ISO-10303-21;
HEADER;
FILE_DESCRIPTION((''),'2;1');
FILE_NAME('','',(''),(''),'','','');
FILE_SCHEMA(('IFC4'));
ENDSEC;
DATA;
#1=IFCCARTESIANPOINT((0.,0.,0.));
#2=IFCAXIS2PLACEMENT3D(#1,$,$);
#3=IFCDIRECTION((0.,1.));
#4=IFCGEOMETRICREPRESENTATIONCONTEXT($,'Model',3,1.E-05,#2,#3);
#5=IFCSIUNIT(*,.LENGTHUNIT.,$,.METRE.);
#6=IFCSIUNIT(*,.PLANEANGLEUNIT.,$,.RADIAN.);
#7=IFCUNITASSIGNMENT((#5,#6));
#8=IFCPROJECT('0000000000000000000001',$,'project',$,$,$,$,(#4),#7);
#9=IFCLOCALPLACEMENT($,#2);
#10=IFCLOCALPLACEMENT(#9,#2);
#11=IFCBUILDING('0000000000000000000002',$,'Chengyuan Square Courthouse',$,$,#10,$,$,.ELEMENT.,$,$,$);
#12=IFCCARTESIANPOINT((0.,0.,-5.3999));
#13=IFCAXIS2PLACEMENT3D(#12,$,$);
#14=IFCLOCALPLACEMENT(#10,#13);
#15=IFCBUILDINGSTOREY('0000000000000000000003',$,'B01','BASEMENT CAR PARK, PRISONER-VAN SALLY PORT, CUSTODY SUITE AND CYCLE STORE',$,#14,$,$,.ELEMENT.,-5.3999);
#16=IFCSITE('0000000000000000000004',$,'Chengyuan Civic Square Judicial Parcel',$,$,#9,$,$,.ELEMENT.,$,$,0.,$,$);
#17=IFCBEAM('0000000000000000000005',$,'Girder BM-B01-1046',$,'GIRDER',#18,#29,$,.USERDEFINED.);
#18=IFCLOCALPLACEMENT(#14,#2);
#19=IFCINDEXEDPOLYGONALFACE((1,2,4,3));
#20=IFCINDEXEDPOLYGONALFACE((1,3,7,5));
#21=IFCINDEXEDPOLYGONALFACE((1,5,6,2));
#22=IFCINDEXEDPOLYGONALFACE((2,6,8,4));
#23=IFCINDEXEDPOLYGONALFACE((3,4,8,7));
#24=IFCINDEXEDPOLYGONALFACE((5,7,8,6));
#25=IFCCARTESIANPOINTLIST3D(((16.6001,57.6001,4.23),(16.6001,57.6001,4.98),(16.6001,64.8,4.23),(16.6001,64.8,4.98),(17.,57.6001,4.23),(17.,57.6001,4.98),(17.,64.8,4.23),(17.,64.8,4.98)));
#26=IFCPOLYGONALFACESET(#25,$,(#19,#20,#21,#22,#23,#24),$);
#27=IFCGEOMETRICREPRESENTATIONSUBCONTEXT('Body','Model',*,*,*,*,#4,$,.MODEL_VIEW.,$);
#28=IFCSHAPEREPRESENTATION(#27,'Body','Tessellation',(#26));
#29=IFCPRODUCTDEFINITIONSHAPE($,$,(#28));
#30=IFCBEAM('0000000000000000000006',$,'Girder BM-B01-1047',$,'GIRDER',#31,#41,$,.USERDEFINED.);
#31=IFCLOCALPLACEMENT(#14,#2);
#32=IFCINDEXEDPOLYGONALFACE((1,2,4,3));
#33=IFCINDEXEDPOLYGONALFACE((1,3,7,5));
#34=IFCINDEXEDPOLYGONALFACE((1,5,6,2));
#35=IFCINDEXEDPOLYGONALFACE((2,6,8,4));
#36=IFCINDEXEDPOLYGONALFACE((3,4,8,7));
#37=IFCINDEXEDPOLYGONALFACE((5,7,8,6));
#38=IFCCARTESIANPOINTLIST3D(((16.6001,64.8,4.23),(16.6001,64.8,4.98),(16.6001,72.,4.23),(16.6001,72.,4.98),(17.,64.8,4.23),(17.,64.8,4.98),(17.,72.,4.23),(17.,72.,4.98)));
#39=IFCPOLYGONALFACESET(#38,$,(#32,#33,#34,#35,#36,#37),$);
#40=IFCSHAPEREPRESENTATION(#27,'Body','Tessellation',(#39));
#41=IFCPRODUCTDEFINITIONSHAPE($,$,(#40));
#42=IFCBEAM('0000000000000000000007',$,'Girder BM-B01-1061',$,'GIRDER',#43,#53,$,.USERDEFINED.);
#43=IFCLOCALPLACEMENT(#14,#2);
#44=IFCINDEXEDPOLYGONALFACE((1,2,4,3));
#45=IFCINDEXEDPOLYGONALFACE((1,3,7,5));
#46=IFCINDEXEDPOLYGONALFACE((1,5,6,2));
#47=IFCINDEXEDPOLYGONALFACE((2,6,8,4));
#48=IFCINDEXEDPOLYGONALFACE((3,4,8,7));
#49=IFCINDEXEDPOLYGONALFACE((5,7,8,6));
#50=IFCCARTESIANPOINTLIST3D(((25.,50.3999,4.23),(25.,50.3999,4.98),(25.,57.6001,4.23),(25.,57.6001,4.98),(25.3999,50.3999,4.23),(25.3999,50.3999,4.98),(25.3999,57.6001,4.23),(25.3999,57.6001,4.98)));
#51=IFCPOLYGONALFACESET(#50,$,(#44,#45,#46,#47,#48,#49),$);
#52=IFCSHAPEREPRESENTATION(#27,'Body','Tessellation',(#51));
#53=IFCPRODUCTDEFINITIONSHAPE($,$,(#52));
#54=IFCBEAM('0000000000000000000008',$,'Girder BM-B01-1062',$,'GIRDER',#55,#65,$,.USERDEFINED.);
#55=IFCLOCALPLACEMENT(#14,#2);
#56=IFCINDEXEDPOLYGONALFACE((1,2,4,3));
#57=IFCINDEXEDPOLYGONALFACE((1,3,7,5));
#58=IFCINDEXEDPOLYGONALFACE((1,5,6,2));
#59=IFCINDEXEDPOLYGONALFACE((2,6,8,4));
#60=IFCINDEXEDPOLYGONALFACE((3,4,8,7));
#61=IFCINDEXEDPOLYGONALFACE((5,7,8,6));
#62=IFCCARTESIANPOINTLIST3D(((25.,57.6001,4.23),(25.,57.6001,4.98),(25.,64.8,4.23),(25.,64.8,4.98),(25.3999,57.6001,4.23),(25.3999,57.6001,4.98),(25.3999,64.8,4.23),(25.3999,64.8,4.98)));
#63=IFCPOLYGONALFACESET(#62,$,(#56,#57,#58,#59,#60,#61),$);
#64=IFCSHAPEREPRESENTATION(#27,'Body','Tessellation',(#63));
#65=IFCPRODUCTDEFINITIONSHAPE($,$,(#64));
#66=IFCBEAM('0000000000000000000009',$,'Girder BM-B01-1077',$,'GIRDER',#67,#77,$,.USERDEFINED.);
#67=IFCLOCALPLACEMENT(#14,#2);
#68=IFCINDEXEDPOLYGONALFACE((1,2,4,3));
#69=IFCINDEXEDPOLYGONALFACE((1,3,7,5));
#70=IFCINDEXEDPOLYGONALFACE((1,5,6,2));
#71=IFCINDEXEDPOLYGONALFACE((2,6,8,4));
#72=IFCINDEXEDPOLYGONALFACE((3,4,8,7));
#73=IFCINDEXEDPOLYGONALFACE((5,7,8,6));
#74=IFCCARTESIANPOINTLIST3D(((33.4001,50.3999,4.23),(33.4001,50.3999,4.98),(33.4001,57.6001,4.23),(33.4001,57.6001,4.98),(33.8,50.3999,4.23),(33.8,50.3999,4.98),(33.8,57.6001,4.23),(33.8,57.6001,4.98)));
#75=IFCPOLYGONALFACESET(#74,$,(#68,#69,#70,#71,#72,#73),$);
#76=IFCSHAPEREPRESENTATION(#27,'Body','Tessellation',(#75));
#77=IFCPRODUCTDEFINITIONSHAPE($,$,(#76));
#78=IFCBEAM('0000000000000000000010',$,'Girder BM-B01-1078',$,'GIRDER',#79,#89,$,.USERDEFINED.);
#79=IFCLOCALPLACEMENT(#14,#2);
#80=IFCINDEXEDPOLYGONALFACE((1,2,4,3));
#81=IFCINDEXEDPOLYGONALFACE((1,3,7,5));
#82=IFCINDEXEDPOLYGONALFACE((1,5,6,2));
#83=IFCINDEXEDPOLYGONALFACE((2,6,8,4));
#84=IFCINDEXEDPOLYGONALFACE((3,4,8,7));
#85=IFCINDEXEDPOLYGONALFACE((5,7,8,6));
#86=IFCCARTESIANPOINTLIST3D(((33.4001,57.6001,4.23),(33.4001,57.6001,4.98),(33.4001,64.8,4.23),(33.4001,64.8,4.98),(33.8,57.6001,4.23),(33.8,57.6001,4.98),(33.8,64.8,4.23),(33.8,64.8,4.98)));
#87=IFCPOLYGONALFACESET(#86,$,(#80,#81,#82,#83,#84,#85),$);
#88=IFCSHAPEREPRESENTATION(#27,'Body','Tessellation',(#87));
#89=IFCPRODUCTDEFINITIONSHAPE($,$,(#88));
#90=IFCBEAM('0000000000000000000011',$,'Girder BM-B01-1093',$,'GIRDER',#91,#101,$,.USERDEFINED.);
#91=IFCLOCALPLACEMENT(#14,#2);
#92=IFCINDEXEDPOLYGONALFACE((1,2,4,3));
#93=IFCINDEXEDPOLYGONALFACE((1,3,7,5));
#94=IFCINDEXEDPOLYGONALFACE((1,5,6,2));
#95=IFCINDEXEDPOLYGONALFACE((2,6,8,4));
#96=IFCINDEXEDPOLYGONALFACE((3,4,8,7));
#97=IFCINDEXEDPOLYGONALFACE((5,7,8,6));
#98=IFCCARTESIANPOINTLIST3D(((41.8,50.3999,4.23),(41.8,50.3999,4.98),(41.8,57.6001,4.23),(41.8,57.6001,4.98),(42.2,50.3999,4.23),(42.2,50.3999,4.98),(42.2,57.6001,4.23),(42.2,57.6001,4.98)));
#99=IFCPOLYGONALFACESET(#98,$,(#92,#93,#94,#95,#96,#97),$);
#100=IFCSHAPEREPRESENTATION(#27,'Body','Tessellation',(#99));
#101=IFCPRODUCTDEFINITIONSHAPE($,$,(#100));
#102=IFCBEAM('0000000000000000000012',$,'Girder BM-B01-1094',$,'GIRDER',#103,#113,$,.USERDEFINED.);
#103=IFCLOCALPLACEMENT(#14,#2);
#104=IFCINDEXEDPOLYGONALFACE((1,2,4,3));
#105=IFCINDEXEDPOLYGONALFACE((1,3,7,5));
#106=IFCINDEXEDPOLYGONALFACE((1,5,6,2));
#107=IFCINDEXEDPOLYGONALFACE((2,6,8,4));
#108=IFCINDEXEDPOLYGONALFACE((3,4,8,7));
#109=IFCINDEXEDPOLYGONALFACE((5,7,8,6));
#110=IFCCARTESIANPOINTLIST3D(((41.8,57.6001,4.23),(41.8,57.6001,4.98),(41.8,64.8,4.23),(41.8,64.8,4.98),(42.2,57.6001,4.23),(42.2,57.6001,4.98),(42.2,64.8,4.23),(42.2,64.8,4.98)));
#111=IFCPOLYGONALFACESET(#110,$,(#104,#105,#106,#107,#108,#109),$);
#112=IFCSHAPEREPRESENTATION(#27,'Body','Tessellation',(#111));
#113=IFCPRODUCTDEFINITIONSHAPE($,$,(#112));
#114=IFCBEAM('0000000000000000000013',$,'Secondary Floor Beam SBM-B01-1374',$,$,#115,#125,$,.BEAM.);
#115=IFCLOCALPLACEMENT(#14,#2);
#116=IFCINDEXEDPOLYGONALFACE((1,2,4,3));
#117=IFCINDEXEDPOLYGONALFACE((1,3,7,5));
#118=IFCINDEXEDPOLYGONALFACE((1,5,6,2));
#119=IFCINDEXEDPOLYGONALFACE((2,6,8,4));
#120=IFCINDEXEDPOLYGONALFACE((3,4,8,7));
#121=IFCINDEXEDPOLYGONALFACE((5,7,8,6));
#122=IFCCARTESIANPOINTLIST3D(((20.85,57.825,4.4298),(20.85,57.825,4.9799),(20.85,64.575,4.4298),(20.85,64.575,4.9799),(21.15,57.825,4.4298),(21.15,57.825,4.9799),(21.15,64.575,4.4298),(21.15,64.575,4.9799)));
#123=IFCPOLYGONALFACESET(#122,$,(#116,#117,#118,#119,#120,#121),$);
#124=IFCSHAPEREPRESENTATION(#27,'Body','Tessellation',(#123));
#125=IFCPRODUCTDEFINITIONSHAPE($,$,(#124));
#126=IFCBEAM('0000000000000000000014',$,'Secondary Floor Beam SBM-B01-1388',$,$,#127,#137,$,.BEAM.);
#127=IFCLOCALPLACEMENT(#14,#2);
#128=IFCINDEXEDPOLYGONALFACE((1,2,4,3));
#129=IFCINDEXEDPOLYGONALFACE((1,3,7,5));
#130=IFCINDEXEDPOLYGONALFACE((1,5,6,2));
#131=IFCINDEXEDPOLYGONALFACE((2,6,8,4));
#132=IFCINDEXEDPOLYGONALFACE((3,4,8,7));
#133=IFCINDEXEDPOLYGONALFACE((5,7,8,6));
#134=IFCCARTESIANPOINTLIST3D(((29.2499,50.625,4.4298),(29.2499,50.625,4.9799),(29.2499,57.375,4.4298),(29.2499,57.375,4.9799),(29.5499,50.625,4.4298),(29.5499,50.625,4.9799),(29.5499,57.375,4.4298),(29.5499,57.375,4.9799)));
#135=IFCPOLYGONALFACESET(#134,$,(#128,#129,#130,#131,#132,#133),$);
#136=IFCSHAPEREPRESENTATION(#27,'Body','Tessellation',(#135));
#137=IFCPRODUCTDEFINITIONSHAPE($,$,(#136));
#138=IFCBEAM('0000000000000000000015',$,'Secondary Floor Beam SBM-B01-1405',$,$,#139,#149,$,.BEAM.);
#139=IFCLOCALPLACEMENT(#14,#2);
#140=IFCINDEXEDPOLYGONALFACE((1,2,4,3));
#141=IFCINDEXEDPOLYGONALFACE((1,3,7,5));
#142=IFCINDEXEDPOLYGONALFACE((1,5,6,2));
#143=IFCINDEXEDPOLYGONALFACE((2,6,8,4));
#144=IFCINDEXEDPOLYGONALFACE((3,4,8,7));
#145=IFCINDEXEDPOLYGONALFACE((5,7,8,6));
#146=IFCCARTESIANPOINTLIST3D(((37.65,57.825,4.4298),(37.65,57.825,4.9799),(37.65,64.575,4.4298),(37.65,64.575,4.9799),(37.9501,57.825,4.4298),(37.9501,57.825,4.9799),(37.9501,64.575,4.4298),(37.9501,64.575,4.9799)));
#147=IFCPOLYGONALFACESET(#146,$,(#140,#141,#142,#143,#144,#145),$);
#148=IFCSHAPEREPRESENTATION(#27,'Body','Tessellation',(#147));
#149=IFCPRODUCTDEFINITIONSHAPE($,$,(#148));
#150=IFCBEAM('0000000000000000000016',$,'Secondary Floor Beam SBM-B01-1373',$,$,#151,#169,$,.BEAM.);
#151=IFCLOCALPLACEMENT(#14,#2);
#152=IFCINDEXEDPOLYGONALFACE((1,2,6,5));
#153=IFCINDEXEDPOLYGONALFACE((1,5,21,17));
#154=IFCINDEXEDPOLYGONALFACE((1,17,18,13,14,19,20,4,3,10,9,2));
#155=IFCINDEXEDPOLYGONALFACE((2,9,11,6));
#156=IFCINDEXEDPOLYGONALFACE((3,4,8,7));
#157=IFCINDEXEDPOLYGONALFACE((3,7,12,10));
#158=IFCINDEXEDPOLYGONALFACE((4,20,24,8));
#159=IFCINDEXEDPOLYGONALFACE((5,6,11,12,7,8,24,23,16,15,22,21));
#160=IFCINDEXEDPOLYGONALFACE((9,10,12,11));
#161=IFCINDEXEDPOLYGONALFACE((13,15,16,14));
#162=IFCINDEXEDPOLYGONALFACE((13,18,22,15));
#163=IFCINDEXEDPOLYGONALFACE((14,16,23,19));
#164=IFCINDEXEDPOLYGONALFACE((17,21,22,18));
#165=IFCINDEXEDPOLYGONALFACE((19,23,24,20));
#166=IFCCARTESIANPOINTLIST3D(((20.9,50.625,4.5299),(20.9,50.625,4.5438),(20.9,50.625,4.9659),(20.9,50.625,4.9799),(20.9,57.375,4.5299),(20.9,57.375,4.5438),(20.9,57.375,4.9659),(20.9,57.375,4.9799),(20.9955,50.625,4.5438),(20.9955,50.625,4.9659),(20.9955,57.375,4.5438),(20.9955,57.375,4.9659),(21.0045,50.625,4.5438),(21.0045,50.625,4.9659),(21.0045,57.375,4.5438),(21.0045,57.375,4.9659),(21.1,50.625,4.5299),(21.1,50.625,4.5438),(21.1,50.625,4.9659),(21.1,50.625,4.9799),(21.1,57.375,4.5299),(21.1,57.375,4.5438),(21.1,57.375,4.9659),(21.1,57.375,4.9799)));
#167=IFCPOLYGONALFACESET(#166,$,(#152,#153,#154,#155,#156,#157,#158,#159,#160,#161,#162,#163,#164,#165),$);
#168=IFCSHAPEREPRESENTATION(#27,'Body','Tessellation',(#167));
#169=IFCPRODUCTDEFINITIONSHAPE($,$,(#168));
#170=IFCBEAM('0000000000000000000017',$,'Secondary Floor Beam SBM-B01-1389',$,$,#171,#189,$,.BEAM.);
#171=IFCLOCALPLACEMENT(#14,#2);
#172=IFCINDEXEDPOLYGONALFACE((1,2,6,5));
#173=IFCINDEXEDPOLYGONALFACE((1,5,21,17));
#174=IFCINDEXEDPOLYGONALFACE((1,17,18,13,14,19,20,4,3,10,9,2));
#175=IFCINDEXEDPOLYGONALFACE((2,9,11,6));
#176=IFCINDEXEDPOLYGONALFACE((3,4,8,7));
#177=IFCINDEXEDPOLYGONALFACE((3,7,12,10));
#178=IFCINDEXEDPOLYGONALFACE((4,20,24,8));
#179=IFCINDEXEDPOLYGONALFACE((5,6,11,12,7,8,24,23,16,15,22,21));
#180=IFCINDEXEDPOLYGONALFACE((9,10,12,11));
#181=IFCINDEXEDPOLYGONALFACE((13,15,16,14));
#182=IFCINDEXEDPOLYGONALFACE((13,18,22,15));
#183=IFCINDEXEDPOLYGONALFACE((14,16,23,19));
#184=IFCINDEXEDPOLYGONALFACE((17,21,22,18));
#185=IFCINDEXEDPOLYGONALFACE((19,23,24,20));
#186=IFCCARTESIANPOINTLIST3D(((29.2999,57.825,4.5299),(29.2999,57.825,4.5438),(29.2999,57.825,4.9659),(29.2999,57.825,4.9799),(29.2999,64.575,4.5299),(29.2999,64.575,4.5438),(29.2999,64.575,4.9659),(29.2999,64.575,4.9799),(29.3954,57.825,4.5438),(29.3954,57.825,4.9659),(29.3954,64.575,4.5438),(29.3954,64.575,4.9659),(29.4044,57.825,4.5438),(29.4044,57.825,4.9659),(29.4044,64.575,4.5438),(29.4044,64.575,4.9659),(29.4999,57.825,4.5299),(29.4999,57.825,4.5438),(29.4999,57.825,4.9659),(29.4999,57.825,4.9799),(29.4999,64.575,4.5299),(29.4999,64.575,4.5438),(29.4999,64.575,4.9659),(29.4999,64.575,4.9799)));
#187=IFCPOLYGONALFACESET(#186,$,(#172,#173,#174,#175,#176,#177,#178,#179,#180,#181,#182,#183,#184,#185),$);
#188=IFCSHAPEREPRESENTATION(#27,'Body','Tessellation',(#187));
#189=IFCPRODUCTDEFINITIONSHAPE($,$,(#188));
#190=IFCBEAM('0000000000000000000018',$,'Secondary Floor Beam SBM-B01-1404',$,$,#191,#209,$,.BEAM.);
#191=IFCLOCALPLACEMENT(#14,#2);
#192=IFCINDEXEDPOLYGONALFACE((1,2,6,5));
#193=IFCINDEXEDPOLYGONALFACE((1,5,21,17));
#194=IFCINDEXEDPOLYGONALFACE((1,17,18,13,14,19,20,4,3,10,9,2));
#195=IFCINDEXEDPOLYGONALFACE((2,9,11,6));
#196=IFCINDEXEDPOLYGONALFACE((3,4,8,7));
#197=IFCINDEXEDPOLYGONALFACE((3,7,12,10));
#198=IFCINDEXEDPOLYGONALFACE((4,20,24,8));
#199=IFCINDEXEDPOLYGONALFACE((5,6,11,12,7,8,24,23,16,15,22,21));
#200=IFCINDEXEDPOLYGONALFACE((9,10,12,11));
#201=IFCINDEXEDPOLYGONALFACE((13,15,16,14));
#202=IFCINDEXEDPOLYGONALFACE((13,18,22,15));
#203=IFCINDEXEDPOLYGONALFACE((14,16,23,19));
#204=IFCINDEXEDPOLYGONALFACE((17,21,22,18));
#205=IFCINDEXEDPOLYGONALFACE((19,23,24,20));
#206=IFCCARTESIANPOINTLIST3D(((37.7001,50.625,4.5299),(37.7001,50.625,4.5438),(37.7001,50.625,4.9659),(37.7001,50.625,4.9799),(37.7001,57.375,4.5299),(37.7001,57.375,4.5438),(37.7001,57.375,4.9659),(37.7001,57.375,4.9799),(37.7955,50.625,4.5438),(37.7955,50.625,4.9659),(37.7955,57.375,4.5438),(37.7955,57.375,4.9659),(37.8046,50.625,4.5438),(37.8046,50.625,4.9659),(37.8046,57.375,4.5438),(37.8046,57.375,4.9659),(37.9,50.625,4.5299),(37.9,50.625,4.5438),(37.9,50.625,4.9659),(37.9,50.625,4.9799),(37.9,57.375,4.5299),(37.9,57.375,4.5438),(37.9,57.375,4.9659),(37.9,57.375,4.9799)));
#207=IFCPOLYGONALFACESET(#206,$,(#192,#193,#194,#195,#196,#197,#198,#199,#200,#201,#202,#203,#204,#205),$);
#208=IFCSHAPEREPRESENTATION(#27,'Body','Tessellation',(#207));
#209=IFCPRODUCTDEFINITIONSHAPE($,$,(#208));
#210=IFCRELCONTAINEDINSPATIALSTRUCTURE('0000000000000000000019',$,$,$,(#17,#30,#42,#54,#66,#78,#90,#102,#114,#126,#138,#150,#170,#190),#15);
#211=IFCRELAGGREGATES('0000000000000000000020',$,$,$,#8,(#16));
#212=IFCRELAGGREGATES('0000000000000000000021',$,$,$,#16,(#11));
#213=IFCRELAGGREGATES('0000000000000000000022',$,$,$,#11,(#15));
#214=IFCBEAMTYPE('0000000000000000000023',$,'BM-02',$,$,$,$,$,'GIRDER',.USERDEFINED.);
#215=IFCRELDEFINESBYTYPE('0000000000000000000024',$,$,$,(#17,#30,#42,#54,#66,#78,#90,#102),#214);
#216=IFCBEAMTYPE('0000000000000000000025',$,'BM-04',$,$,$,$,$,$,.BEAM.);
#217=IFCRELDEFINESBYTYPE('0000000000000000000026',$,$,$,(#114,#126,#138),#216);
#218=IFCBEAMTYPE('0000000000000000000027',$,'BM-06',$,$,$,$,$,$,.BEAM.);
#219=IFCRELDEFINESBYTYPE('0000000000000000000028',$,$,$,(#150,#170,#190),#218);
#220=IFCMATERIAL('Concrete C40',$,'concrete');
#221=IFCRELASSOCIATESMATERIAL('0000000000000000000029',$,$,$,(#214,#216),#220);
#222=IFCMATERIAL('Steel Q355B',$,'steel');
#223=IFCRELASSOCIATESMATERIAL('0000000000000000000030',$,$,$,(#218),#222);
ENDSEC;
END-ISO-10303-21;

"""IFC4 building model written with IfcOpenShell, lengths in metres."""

from ifc_helpers import new_model, si_unit, direction, frame, origin, origin_2d, place, context, subcontext, project, spatial, rectangle, i_section, extrude, material, material_profile, profile_set, type_object, element, save


model = new_model("IFC4")

# Units and contexts
model_context = context("Model", 3, precision=1e-05, world=origin(), true_north=direction((0.0, 1.0)))
body_context = subcontext(model_context, "Body", "Model", "MODEL_VIEW")
ifc_project = project(units=[si_unit("LENGTHUNIT", "METRE"), si_unit("PLANEANGLEUNIT", "RADIAN")], contexts=[model_context])

# Site, building, storey
site_placement = place(None, origin())
site = spatial("IfcSite", under=ifc_project, at=site_placement, Name="Chengyuan Civic Square Judicial Parcel", CompositionType="ELEMENT", RefElevation=0.0)
building_placement = place(site_placement, origin())
building = spatial("IfcBuilding", under=site, at=building_placement, Name="Chengyuan Square Courthouse", CompositionType="ELEMENT")
storey_placement = place(building_placement, frame((0.0, 0.0, -5.3999)))
storey = spatial("IfcBuildingStorey", under=building, at=storey_placement, Name="B01", Description="BASEMENT CAR PARK, PRISONER-VAN SALLY PORT, CUSTODY SUITE AND CYCLE STORE", CompositionType="ELEMENT", Elevation=-5.3999)

# Beams
ifc_material_1 = material(Name="Concrete C40", Category="concrete")
ifc_material_profile_1 = material_profile(ifc_material_1, rectangle(XDim=0.3999, YDim=0.75, at=origin_2d()), Name="RC-BM-400x750")
ifc_profile_set_1 = profile_set([ifc_material_profile_1], Name="Concrete C40")
beam_type_1 = type_object("IfcBeamType", Name="BM-02", ElementType="GIRDER", PredefinedType="USERDEFINED", material=ifc_profile_set_1)
for number, where, z_axis, x_axis, name in (
    (1, (16.8, 57.6001, 4.605), (0.0, 1.0, 0.0), (-1.0, 0.0, 0.0), "Girder BM-B01-1046"),
    (2, (16.8, 64.8, 4.605), (0.0, 1.0, 0.0), (-1.0, 0.0, 0.0), "Girder BM-B01-1047"),
):
    element("IfcBeam", number, at=place(storey_placement, frame(where, z_axis=z_axis, x_axis=x_axis)), inside=storey, type_object=beam_type_1, Name=name, ObjectType="GIRDER", PredefinedType="USERDEFINED", context=body_context, shape_type="SweptSolid", body=[
        extrude(rectangle(XDim=0.3999, YDim=0.75, at=origin_2d()), origin(), (0.0, 0.0, 1.0), 7.2),
    ])
beam_1_placement = place(storey_placement, frame((25.2, 50.3999, 4.605), z_axis=(0.0, 1.0, 0.0), x_axis=(-1.0, 0.0, 0.0)))
element("IfcBeam", 3, at=beam_1_placement, inside=storey, type_object=beam_type_1, Name="Girder BM-B01-1061", ObjectType="GIRDER", PredefinedType="USERDEFINED", context=body_context, shape_type="SweptSolid", body=[
    extrude(rectangle(XDim=0.3999, YDim=0.75, at=origin_2d()), origin(), (0.0, 0.0, 1.0), 7.2002),
])
beam_2_placement = place(storey_placement, frame((25.2, 57.6001, 4.605), z_axis=(0.0, 1.0, 0.0), x_axis=(-1.0, 0.0, 0.0)))
element("IfcBeam", 4, at=beam_2_placement, inside=storey, type_object=beam_type_1, Name="Girder BM-B01-1062", ObjectType="GIRDER", PredefinedType="USERDEFINED", context=body_context, shape_type="SweptSolid", body=[
    extrude(rectangle(XDim=0.3999, YDim=0.75, at=origin_2d()), origin(), (0.0, 0.0, 1.0), 7.2),
])
beam_3_placement = place(storey_placement, frame((33.6001, 50.3999, 4.605), z_axis=(0.0, 1.0, 0.0), x_axis=(-1.0, 0.0, 0.0)))
element("IfcBeam", 5, at=beam_3_placement, inside=storey, type_object=beam_type_1, Name="Girder BM-B01-1077", ObjectType="GIRDER", PredefinedType="USERDEFINED", context=body_context, shape_type="SweptSolid", body=[
    extrude(rectangle(XDim=0.3999, YDim=0.75, at=origin_2d()), origin(), (0.0, 0.0, 1.0), 7.2002),
])
beam_4_placement = place(storey_placement, frame((33.6001, 57.6001, 4.605), z_axis=(0.0, 1.0, 0.0), x_axis=(-1.0, 0.0, 0.0)))
element("IfcBeam", 6, at=beam_4_placement, inside=storey, type_object=beam_type_1, Name="Girder BM-B01-1078", ObjectType="GIRDER", PredefinedType="USERDEFINED", context=body_context, shape_type="SweptSolid", body=[
    extrude(rectangle(XDim=0.3999, YDim=0.75, at=origin_2d()), origin(), (0.0, 0.0, 1.0), 7.2),
])
beam_5_placement = place(storey_placement, frame((42.0, 50.3999, 4.605), z_axis=(0.0, 1.0, 0.0), x_axis=(-1.0, 0.0, 0.0)))
element("IfcBeam", 7, at=beam_5_placement, inside=storey, type_object=beam_type_1, Name="Girder BM-B01-1093", ObjectType="GIRDER", PredefinedType="USERDEFINED", context=body_context, shape_type="SweptSolid", body=[
    extrude(rectangle(XDim=0.3999, YDim=0.75, at=origin_2d()), origin(), (0.0, 0.0, 1.0), 7.2002),
])
beam_6_placement = place(storey_placement, frame((42.0, 57.6001, 4.605), z_axis=(0.0, 1.0, 0.0), x_axis=(-1.0, 0.0, 0.0)))
element("IfcBeam", 8, at=beam_6_placement, inside=storey, type_object=beam_type_1, Name="Girder BM-B01-1094", ObjectType="GIRDER", PredefinedType="USERDEFINED", context=body_context, shape_type="SweptSolid", body=[
    extrude(rectangle(XDim=0.3999, YDim=0.75, at=origin_2d()), origin(), (0.0, 0.0, 1.0), 7.2),
])
ifc_material_profile_2 = material_profile(ifc_material_1, rectangle(XDim=0.3, YDim=0.55, at=origin_2d()), Name="RC-BM-300x550")
ifc_profile_set_2 = profile_set([ifc_material_profile_2], Name="Concrete C40")
beam_type_2 = type_object("IfcBeamType", Name="BM-04", PredefinedType="BEAM", material=ifc_profile_set_2)
for number, where, z_axis, x_axis, name in (
    (9, (21.0, 57.825, 4.7048), (0.0, 1.0, 0.0), (-1.0, 0.0, 0.0), "Secondary Floor Beam SBM-B01-1374"),
    (10, (29.3999, 50.625, 4.7048), (0.0, 1.0, 0.0), (-1.0, 0.0, 0.0), "Secondary Floor Beam SBM-B01-1388"),
    (11, (37.8, 57.825, 4.7048), (0.0, 1.0, 0.0), (-1.0, 0.0, 0.0), "Secondary Floor Beam SBM-B01-1405"),
):
    element("IfcBeam", number, at=place(storey_placement, frame(where, z_axis=z_axis, x_axis=x_axis)), inside=storey, type_object=beam_type_2, Name=name, PredefinedType="BEAM", context=body_context, shape_type="SweptSolid", body=[
        extrude(rectangle(XDim=0.3, YDim=0.55, at=origin_2d()), origin(), (0.0, 0.0, 1.0), 6.75),
    ])
ifc_material_2 = material(Name="Steel Q355B", Category="steel")
ifc_material_profile_3 = material_profile(ifc_material_2, i_section(OverallWidth=0.2, OverallDepth=0.45, WebThickness=0.009, FlangeThickness=0.0139, at=origin_2d()), Name="HN 450x200x9x14")
ifc_profile_set_3 = profile_set([ifc_material_profile_3], Name="Steel Q355B")
beam_type_3 = type_object("IfcBeamType", Name="BM-06", PredefinedType="BEAM", material=ifc_profile_set_3)
for number, where, z_axis, x_axis, name in (
    (12, (21.0, 50.625, 4.7549), (0.0, 1.0, 0.0), (-1.0, 0.0, 0.0), "Secondary Floor Beam SBM-B01-1373"),
    (13, (29.3999, 57.825, 4.7549), (0.0, 1.0, 0.0), (-1.0, 0.0, 0.0), "Secondary Floor Beam SBM-B01-1389"),
    (14, (37.8, 50.625, 4.7549), (0.0, 1.0, 0.0), (-1.0, 0.0, 0.0), "Secondary Floor Beam SBM-B01-1404"),
):
    element("IfcBeam", number, at=place(storey_placement, frame(where, z_axis=z_axis, x_axis=x_axis)), inside=storey, type_object=beam_type_3, Name=name, PredefinedType="BEAM", context=body_context, shape_type="SweptSolid", body=[
        extrude(i_section(OverallWidth=0.2, OverallDepth=0.45, WebThickness=0.009, FlangeThickness=0.0139, at=origin_2d()), origin(), (0.0, 0.0, 1.0), 6.75),
    ])

save(model, "model.ifc")
